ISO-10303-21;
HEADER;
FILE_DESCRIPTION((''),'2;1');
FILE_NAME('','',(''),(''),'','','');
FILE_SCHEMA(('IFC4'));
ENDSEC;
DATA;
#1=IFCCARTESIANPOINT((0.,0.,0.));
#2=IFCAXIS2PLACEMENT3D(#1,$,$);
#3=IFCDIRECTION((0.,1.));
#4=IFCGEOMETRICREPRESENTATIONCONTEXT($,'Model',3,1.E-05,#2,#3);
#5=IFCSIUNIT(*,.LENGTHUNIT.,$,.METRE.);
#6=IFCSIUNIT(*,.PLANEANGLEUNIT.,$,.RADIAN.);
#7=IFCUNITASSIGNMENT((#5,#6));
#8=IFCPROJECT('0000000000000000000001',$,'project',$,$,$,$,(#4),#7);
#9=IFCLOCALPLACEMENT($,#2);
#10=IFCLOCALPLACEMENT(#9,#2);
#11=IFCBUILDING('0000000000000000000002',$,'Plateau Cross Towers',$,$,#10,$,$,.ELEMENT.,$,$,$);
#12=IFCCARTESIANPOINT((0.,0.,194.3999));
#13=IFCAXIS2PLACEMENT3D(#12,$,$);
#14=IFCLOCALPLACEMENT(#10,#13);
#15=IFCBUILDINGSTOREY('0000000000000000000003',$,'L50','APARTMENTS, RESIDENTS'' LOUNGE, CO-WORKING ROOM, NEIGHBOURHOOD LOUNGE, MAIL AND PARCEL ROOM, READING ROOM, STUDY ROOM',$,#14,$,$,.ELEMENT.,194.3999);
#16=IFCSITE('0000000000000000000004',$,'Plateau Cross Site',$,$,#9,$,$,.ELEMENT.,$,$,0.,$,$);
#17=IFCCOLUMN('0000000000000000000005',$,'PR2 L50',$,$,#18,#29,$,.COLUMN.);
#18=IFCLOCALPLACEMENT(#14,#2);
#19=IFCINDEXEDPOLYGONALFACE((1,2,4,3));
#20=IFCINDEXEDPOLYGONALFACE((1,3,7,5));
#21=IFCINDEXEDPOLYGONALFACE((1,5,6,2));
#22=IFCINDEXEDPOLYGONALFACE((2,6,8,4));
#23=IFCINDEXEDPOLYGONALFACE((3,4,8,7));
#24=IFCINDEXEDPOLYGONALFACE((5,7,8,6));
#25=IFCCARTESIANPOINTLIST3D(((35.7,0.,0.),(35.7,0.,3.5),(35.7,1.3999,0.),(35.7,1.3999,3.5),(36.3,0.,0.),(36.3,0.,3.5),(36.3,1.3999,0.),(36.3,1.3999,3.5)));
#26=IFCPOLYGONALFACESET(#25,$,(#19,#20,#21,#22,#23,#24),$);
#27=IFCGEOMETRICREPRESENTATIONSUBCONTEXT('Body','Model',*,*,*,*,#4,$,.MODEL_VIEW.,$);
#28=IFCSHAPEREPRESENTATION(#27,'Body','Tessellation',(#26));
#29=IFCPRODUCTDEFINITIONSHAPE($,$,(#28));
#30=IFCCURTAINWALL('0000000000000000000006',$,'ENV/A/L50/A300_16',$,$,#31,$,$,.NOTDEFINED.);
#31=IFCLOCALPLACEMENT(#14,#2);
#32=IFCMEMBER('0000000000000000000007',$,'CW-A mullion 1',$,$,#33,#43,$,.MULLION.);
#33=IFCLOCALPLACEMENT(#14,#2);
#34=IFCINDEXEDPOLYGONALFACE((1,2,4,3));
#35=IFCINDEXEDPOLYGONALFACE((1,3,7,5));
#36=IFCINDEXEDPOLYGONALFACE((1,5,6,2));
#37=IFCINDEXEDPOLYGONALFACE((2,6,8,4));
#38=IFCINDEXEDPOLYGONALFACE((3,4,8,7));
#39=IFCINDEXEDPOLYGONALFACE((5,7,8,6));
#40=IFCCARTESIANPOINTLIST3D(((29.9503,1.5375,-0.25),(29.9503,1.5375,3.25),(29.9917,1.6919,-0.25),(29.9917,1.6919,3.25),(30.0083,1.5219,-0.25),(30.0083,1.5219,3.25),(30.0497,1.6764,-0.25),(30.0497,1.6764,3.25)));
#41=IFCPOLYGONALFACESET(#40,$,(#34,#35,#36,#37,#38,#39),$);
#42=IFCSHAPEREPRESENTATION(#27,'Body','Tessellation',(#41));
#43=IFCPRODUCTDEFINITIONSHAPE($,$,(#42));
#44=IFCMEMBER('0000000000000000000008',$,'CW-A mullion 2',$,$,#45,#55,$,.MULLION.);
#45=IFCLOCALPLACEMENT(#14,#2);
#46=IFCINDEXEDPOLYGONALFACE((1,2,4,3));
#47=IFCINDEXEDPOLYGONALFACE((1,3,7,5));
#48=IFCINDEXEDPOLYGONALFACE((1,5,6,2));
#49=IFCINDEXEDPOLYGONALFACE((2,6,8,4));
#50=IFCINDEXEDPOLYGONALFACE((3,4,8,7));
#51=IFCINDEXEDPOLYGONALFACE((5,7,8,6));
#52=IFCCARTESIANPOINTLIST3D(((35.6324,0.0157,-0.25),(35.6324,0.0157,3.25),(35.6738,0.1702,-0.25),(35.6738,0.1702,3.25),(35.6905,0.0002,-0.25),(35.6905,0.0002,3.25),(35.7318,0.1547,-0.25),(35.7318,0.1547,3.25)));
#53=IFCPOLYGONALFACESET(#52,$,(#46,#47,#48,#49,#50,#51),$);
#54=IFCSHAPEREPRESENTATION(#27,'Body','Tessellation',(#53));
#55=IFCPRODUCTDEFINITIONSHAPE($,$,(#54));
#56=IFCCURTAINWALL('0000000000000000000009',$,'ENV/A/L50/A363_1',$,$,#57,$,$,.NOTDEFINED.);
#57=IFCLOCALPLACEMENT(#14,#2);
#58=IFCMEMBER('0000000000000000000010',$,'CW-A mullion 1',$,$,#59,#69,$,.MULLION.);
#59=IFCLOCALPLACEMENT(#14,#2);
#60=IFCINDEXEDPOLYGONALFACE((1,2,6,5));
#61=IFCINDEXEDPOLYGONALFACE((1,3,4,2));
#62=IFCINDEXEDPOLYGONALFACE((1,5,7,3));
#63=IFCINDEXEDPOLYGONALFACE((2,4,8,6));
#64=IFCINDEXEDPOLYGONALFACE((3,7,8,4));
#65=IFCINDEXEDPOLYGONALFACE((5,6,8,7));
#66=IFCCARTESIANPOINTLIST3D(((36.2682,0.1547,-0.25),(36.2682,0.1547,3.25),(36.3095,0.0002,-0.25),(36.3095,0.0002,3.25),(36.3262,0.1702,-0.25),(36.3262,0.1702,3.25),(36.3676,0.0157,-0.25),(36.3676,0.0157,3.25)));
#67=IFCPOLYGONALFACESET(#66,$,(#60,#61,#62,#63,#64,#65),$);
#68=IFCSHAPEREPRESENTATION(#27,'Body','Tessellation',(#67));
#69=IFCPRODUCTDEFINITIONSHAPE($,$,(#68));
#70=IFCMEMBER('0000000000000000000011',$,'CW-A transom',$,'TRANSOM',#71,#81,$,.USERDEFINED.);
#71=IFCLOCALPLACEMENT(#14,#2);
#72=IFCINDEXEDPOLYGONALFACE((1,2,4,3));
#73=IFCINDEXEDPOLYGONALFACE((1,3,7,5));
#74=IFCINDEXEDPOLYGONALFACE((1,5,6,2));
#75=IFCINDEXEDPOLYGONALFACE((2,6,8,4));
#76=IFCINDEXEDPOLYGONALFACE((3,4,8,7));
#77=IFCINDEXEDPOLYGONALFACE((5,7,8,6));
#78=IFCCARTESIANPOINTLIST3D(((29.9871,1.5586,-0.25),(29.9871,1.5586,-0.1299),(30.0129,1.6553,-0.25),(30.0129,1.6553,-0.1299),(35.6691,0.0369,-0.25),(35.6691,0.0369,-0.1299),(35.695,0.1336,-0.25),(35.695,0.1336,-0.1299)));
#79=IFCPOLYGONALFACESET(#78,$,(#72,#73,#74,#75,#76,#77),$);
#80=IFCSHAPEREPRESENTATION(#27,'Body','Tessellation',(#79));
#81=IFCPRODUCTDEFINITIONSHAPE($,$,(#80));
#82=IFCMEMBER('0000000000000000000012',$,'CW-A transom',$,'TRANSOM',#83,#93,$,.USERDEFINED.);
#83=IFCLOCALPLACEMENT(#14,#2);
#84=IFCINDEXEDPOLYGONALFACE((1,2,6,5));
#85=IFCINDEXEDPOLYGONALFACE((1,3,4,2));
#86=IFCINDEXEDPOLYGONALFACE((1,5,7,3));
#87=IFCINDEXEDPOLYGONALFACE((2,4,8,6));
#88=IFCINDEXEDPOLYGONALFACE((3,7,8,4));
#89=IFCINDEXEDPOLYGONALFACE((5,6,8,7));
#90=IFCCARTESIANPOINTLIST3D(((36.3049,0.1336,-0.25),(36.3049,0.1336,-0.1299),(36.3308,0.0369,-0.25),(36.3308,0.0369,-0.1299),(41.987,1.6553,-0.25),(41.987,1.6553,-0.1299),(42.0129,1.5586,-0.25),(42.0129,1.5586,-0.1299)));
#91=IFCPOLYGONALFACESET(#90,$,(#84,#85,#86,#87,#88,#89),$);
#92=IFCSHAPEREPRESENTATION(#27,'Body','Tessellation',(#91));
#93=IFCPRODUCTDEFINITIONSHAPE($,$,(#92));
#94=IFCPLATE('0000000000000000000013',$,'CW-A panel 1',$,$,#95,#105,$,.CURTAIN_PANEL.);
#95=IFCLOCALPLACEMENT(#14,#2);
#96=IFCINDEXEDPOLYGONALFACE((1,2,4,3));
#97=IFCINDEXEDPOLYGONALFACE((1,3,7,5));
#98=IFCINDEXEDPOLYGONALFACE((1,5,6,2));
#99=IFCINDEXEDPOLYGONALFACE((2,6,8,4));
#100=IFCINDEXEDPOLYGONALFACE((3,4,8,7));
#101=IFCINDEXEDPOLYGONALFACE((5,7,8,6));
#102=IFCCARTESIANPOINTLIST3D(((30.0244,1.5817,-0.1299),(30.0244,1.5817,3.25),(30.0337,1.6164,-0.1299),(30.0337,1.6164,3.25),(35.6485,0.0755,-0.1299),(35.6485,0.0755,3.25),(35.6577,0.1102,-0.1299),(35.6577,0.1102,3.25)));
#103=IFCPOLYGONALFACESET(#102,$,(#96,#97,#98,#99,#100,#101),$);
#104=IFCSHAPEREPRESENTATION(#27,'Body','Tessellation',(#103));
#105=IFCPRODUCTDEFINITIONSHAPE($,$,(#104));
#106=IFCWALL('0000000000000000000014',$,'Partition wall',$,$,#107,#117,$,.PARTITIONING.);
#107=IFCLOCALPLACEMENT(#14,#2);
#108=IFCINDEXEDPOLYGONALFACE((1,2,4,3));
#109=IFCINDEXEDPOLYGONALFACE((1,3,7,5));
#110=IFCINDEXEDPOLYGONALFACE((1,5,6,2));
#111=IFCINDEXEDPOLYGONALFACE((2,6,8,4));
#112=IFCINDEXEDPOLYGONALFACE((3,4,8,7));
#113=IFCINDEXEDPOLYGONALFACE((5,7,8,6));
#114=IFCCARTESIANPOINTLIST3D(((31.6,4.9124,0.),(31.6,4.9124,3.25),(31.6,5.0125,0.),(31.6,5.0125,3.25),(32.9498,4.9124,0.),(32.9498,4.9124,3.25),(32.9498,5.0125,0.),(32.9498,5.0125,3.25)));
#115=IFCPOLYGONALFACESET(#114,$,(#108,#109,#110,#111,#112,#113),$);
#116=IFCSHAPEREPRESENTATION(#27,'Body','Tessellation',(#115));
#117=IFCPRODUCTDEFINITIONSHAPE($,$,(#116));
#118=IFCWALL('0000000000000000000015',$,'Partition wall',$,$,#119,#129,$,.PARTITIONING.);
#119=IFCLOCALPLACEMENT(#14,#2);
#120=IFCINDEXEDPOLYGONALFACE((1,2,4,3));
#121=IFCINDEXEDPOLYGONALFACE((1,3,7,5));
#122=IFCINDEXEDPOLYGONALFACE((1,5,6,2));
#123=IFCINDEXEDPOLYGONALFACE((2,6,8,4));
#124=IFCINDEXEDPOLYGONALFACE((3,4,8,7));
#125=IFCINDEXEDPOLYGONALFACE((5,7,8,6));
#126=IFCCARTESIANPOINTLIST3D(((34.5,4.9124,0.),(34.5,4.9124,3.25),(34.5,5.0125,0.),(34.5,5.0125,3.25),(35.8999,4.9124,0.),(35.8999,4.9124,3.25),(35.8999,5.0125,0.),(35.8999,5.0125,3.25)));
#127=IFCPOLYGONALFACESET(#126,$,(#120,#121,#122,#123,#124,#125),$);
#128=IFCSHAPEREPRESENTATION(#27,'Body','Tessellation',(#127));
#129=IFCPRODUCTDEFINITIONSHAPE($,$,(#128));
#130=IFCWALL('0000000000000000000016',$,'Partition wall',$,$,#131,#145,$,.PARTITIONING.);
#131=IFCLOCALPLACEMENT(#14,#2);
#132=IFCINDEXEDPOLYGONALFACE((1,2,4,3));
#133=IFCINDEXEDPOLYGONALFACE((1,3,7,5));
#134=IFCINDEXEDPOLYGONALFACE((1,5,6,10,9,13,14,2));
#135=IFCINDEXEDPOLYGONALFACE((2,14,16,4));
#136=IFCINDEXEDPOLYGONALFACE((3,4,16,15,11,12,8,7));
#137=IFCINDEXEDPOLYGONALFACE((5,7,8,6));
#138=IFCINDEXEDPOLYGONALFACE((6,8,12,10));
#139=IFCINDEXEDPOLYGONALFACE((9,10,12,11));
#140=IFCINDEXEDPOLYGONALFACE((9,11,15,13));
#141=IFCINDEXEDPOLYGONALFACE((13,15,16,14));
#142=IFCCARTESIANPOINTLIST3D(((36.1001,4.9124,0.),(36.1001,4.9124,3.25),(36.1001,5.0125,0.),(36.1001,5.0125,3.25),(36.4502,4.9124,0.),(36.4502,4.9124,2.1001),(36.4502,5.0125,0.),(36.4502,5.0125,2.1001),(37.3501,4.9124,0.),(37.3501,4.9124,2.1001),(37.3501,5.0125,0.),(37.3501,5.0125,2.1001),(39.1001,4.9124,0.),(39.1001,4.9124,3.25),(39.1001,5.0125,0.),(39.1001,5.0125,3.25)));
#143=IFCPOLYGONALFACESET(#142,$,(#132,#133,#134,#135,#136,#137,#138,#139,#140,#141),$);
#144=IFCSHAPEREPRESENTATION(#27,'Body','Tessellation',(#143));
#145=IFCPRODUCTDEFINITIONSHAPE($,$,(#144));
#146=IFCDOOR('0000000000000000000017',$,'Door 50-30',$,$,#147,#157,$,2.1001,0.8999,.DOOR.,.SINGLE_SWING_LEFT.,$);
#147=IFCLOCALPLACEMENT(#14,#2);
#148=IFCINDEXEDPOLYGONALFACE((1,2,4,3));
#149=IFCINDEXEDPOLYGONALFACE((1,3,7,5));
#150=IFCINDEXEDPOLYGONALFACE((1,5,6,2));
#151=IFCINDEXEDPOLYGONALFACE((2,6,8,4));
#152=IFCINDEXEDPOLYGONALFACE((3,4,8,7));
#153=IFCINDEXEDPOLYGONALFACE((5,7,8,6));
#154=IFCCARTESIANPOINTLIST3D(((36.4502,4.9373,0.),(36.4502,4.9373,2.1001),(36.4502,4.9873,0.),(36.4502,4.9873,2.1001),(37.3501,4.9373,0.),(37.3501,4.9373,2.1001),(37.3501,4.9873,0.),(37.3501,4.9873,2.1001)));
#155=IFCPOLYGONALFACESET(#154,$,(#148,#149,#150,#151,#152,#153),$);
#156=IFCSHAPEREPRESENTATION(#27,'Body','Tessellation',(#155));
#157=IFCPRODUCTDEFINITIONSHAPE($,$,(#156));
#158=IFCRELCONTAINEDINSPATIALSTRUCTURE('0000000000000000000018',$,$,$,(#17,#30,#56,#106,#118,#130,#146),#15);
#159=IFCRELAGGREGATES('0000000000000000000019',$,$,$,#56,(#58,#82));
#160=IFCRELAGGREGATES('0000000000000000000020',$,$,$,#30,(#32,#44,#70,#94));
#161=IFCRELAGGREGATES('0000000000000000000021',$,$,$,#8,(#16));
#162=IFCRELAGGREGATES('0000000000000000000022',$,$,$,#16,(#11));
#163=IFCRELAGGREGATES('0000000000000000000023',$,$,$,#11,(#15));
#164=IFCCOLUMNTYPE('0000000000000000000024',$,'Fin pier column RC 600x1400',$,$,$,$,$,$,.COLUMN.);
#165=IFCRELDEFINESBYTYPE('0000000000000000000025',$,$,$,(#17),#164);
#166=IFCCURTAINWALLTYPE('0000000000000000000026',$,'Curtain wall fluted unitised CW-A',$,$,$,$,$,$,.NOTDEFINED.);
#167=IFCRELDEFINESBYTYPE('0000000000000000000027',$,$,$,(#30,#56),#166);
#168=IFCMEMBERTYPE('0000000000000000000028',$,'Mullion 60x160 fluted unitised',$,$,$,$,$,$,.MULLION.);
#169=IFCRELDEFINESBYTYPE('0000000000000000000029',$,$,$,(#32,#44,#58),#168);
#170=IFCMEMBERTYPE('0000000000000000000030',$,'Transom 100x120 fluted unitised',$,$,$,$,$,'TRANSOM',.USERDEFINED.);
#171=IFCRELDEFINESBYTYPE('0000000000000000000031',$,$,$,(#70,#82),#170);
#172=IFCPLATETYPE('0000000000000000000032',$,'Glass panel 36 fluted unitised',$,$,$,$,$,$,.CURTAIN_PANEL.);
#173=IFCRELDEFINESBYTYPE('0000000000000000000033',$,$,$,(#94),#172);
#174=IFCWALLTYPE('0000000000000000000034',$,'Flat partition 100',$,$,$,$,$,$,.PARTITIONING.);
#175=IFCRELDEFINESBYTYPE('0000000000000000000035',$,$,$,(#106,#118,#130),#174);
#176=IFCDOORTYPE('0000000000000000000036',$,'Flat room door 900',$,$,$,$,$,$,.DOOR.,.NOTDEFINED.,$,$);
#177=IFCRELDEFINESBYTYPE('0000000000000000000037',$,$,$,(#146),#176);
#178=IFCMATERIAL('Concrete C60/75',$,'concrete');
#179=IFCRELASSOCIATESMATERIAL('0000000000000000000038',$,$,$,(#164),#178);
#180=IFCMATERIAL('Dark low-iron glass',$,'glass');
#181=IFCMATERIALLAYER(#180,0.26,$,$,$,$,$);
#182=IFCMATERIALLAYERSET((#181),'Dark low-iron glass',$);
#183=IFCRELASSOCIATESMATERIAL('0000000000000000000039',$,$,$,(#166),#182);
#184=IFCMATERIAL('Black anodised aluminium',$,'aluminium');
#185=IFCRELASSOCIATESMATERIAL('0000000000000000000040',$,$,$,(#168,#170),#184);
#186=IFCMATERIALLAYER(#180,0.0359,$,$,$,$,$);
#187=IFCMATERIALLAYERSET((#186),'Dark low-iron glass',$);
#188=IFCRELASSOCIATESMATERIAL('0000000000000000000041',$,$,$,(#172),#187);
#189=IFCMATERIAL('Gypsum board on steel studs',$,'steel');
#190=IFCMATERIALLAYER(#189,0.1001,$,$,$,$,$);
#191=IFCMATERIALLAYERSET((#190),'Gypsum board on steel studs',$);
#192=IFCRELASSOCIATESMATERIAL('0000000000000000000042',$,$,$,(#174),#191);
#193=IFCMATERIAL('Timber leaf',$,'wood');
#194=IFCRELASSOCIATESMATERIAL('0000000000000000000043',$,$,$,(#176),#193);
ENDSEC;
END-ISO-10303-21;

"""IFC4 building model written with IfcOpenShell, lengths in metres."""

from ifc_helpers import new_model, si_unit, direction, frame, frame_2d, origin, origin_2d, place, context, subcontext, project, spatial, rectangle, extrude, material, layer, layer_set, material_profile, profile_set, type_object, element, fill, aggregate, save


model = new_model("IFC4")

# Units and contexts
model_context = context("Model", 3, precision=1e-05, world=origin(), true_north=direction((0.0, 1.0)))
body_context = subcontext(model_context, "Body", "Model", "MODEL_VIEW")
ifc_project = project(units=[si_unit("LENGTHUNIT", "METRE"), si_unit("PLANEANGLEUNIT", "RADIAN")], contexts=[model_context])

# Site, building, storey
site_placement = place(None, origin())
site = spatial("IfcSite", under=ifc_project, at=site_placement, Name="Plateau Cross Site", CompositionType="ELEMENT", RefElevation=0.0)
building_placement = place(site_placement, origin())
building = spatial("IfcBuilding", under=site, at=building_placement, Name="Plateau Cross Towers", CompositionType="ELEMENT")
storey_placement = place(building_placement, frame((0.0, 0.0, 194.3999)))
storey = spatial("IfcBuildingStorey", under=building, at=storey_placement, Name="L50", Description="APARTMENTS, RESIDENTS' LOUNGE, CO-WORKING ROOM, NEIGHBOURHOOD LOUNGE, MAIL AND PARCEL ROOM, READING ROOM, STUDY ROOM", CompositionType="ELEMENT", Elevation=194.3999)

# Column
ifc_material_1 = material(Name="Concrete C60/75", Category="concrete")
ifc_material_profile_1 = material_profile(ifc_material_1, rectangle(XDim=0.6001, YDim=1.3999, at=origin_2d()), Name="RC 600x1400")
ifc_profile_set_1 = profile_set([ifc_material_profile_1], Name="Concrete C60/75")
column_type = type_object("IfcColumnType", Name="Fin pier column RC 600x1400", PredefinedType="COLUMN", material=ifc_profile_set_1)
column_placement = place(storey_placement, frame((36.0, 0.7, 0.0), z_axis=(0.0, 0.0, 1.0), x_axis=(1.0, 0.0, 0.0)))
element("IfcColumn", 1, at=column_placement, inside=storey, type_object=column_type, Name="PR2 L50", PredefinedType="COLUMN", context=body_context, shape_type="SweptSolid", body=[
    extrude(rectangle(XDim=0.6001, YDim=1.3999, at=origin_2d()), origin(), (0.0, 0.0, 1.0), 3.5),
])

# Curtain wall, members
ifc_material_2 = material(Name="Dark low-iron glass", Category="glass")
ifc_layer_1 = layer(ifc_material_2, 0.26)
ifc_layer_set_1 = layer_set([ifc_layer_1], Name="Dark low-iron glass")
curtain_wall_type = type_object("IfcCurtainWallType", Name="Curtain wall fluted unitised CW-A", PredefinedType="NOTDEFINED", material=ifc_layer_set_1)
curtain_wall_1_placement = place(storey_placement, origin())
curtain_wall_1 = element("IfcCurtainWall", 2, at=curtain_wall_1_placement, inside=storey, type_object=curtain_wall_type, Name="ENV/A/L50/A300_16", PredefinedType="NOTDEFINED")
ifc_material_3 = material(Name="Black anodised aluminium", Category="aluminium")
ifc_material_profile_2 = material_profile(ifc_material_3, rectangle(XDim=0.0601, YDim=0.1599, at=origin_2d()), Name="MULLION 60x160")
ifc_profile_set_2 = profile_set([ifc_material_profile_2], Name="Black anodised aluminium")
member_type_1 = type_object("IfcMemberType", Name="Mullion 60x160 fluted unitised", PredefinedType="MULLION", material=ifc_profile_set_2)
member_1_placement = place(storey_placement, frame((30.0, 1.6069, -0.25), z_axis=(0.0, 0.0, 1.0), x_axis=(0.965958, -0.258699, 0.0)))
member_1 = element("IfcMember", 3, at=member_1_placement, type_object=member_type_1, Name="CW-A mullion 1", PredefinedType="MULLION", context=body_context, shape_type="SweptSolid", body=[
    extrude(rectangle(XDim=0.0601, YDim=0.1599, at=origin_2d()), origin(), (0.0, 0.0, 1.0), 3.5),
])
member_2_placement = place(storey_placement, frame((35.6821, 0.0852, -0.25), z_axis=(0.0, 0.0, 1.0), x_axis=(0.965958, -0.258699, 0.0)))
member_2 = element("IfcMember", 4, at=member_2_placement, type_object=member_type_1, Name="CW-A mullion 2", PredefinedType="MULLION", context=body_context, shape_type="SweptSolid", body=[
    extrude(rectangle(XDim=0.0601, YDim=0.1599, at=origin_2d()), origin(), (0.0, 0.0, 1.0), 3.5),
])

# Curtain wall, member
curtain_wall_2_placement = place(storey_placement, origin())
curtain_wall_2 = element("IfcCurtainWall", 5, at=curtain_wall_2_placement, inside=storey, type_object=curtain_wall_type, Name="ENV/A/L50/A363_1", PredefinedType="NOTDEFINED")
member_3_placement = place(storey_placement, frame((36.3179, 0.0852, -0.25), z_axis=(0.0, 0.0, 1.0), x_axis=(0.965958, 0.258699, 0.0)))
member_3 = element("IfcMember", 6, at=member_3_placement, type_object=member_type_1, Name="CW-A mullion 1", PredefinedType="MULLION", context=body_context, shape_type="SweptSolid", body=[
    extrude(rectangle(XDim=0.0601, YDim=0.1599, at=origin_2d()), origin(), (0.0, 0.0, 1.0), 3.5),
])

# Members
ifc_material_profile_3 = material_profile(ifc_material_3, rectangle(XDim=0.1001, YDim=0.1201, at=origin_2d()), Name="TRANSOM 100x120")
ifc_profile_set_3 = profile_set([ifc_material_profile_3], Name="Black anodised aluminium")
member_type_2 = type_object("IfcMemberType", Name="Transom 100x120 fluted unitised", ElementType="TRANSOM", PredefinedType="USERDEFINED", material=ifc_profile_set_3)
member_4_placement = place(storey_placement, frame((30.0, 1.6069, -0.1899), z_axis=(0.96596, -0.258693, 0.0), x_axis=(0.258693, 0.96596, 0.0)))
member_4 = element("IfcMember", 7, at=member_4_placement, type_object=member_type_2, Name="CW-A transom", ObjectType="TRANSOM", PredefinedType="USERDEFINED", context=body_context, shape_type="SweptSolid", body=[
    extrude(rectangle(XDim=0.1001, YDim=0.1201, at=origin_2d()), origin(), (0.0, 0.0, 1.0), 5.8823),
])
member_5_placement = place(storey_placement, frame((36.3179, 0.0852, -0.1899), z_axis=(0.96596, 0.258693, 0.0), x_axis=(-0.258693, 0.96596, 0.0)))
member_5 = element("IfcMember", 8, at=member_5_placement, type_object=member_type_2, Name="CW-A transom", ObjectType="TRANSOM", PredefinedType="USERDEFINED", context=body_context, shape_type="SweptSolid", body=[
    extrude(rectangle(XDim=0.1001, YDim=0.1201, at=origin_2d()), origin(), (0.0, 0.0, 1.0), 5.8823),
])
aggregate(curtain_wall_2, [member_3, member_5])

# Plate
ifc_layer_2 = layer(ifc_material_2, 0.0359)
ifc_layer_set_2 = layer_set([ifc_layer_2], Name="Dark low-iron glass")
plate_type = type_object("IfcPlateType", Name="Glass panel 36 fluted unitised", PredefinedType="CURTAIN_PANEL", material=ifc_layer_set_2)
plate_placement = place(storey_placement, frame((32.8411, 0.8459, -0.1299), z_axis=(0.0, 0.0, 1.0), x_axis=(0.965958, -0.258699, 0.0)))
plate = element("IfcPlate", 9, at=plate_placement, type_object=plate_type, Name="CW-A panel 1", PredefinedType="CURTAIN_PANEL", context=body_context, shape_type="SweptSolid", body=[
    extrude(rectangle(XDim=5.8223, YDim=0.0359, at=origin_2d()), origin(), (0.0, 0.0, 1.0), 3.3799),
])
aggregate(curtain_wall_1, [member_1, member_2, member_4, plate])

# Walls
ifc_material_4 = material(Name="Gypsum board on steel studs", Category="steel")
ifc_layer_3 = layer(ifc_material_4, 0.1001)
ifc_layer_set_3 = layer_set([ifc_layer_3], Name="Gypsum board on steel studs")
wall_type_1 = type_object("IfcWallType", Name="Flat partition 100", PredefinedType="PARTITIONING", material=ifc_layer_set_3)
wall_1_placement = place(storey_placement, frame((31.6001, 4.9624, 0.0), z_axis=(0.0, 0.0, 1.0), x_axis=(1.0, 0.0, 0.0)))
element("IfcWall", 10, at=wall_1_placement, inside=storey, type_object=wall_type_1, Name="Partition wall", PredefinedType="PARTITIONING", context=body_context, shape_type="SweptSolid", body=[
    extrude(rectangle(XDim=1.3499, YDim=0.1001, at=frame_2d((0.6748, 0.0))), origin(), (0.0, 0.0, 1.0), 3.25),
])
wall_2_placement = place(storey_placement, frame((34.5, 4.9624, 0.0), z_axis=(0.0, 0.0, 1.0), x_axis=(1.0, 0.0, 0.0)))
element("IfcWall", 11, at=wall_2_placement, inside=storey, type_object=wall_type_1, Name="Partition wall", PredefinedType="PARTITIONING", context=body_context, shape_type="SweptSolid", body=[
    extrude(rectangle(XDim=1.3999, YDim=0.1001, at=frame_2d((0.7, 0.0))), origin(), (0.0, 0.0, 1.0), 3.25),
])

# Wall, opening, door
wall_3_placement = place(storey_placement, frame((36.1001, 4.9624, 0.0), z_axis=(0.0, 0.0, 1.0), x_axis=(1.0, 0.0, 0.0)))
wall_3 = element("IfcWall", 12, at=wall_3_placement, inside=storey, type_object=wall_type_1, Name="Partition wall", PredefinedType="PARTITIONING", context=body_context, shape_type="SweptSolid", body=[
    extrude(rectangle(XDim=3.0, YDim=0.1001, at=frame_2d((1.5, 0.0))), origin(), (0.0, 0.0, 1.0), 3.25),
])
opening_1_placement = place(wall_3_placement, frame((0.3501, 0.0, 0.0)))
opening_1 = element("IfcOpeningElement", 13, at=opening_1_placement, cuts=wall_3, PredefinedType="OPENING", context=body_context, shape_type="SweptSolid", body=[
    extrude(rectangle(XDim=0.8999, YDim=2.1001, at=frame_2d((0.45, 1.05))), frame((0.0, 0.0601, 0.0), z_axis=(0.0, -1.0, 0.0), x_axis=(1.0, 0.0, 0.0)), (0.0, 0.0, 1.0), 0.1201),
])
ifc_material_5 = material(Name="Timber leaf", Category="wood")
door_type_1 = type_object("IfcDoorType", Name="Flat room door 900", OperationType="NOTDEFINED", PredefinedType="DOOR", material=ifc_material_5)
door_1_placement = place(opening_1_placement, origin())
door_1 = element("IfcDoor", 14, at=door_1_placement, inside=storey, type_object=door_type_1, Name="Door 50-30", OperationType="SINGLE_SWING_LEFT", OverallHeight=2.1001, OverallWidth=0.8999, PredefinedType="DOOR", context=body_context, shape_type="SweptSolid", body=[
    extrude(rectangle(XDim=0.8999, YDim=2.1001, at=frame_2d((0.45, 1.05))), frame((0.0, 0.0249, 0.0), z_axis=(0.0, -1.0, 0.0), x_axis=(1.0, 0.0, 0.0)), (0.0, 0.0, 1.0), 0.05),
])
fill(opening_1, door_1)

save(model, "model.ifc")
